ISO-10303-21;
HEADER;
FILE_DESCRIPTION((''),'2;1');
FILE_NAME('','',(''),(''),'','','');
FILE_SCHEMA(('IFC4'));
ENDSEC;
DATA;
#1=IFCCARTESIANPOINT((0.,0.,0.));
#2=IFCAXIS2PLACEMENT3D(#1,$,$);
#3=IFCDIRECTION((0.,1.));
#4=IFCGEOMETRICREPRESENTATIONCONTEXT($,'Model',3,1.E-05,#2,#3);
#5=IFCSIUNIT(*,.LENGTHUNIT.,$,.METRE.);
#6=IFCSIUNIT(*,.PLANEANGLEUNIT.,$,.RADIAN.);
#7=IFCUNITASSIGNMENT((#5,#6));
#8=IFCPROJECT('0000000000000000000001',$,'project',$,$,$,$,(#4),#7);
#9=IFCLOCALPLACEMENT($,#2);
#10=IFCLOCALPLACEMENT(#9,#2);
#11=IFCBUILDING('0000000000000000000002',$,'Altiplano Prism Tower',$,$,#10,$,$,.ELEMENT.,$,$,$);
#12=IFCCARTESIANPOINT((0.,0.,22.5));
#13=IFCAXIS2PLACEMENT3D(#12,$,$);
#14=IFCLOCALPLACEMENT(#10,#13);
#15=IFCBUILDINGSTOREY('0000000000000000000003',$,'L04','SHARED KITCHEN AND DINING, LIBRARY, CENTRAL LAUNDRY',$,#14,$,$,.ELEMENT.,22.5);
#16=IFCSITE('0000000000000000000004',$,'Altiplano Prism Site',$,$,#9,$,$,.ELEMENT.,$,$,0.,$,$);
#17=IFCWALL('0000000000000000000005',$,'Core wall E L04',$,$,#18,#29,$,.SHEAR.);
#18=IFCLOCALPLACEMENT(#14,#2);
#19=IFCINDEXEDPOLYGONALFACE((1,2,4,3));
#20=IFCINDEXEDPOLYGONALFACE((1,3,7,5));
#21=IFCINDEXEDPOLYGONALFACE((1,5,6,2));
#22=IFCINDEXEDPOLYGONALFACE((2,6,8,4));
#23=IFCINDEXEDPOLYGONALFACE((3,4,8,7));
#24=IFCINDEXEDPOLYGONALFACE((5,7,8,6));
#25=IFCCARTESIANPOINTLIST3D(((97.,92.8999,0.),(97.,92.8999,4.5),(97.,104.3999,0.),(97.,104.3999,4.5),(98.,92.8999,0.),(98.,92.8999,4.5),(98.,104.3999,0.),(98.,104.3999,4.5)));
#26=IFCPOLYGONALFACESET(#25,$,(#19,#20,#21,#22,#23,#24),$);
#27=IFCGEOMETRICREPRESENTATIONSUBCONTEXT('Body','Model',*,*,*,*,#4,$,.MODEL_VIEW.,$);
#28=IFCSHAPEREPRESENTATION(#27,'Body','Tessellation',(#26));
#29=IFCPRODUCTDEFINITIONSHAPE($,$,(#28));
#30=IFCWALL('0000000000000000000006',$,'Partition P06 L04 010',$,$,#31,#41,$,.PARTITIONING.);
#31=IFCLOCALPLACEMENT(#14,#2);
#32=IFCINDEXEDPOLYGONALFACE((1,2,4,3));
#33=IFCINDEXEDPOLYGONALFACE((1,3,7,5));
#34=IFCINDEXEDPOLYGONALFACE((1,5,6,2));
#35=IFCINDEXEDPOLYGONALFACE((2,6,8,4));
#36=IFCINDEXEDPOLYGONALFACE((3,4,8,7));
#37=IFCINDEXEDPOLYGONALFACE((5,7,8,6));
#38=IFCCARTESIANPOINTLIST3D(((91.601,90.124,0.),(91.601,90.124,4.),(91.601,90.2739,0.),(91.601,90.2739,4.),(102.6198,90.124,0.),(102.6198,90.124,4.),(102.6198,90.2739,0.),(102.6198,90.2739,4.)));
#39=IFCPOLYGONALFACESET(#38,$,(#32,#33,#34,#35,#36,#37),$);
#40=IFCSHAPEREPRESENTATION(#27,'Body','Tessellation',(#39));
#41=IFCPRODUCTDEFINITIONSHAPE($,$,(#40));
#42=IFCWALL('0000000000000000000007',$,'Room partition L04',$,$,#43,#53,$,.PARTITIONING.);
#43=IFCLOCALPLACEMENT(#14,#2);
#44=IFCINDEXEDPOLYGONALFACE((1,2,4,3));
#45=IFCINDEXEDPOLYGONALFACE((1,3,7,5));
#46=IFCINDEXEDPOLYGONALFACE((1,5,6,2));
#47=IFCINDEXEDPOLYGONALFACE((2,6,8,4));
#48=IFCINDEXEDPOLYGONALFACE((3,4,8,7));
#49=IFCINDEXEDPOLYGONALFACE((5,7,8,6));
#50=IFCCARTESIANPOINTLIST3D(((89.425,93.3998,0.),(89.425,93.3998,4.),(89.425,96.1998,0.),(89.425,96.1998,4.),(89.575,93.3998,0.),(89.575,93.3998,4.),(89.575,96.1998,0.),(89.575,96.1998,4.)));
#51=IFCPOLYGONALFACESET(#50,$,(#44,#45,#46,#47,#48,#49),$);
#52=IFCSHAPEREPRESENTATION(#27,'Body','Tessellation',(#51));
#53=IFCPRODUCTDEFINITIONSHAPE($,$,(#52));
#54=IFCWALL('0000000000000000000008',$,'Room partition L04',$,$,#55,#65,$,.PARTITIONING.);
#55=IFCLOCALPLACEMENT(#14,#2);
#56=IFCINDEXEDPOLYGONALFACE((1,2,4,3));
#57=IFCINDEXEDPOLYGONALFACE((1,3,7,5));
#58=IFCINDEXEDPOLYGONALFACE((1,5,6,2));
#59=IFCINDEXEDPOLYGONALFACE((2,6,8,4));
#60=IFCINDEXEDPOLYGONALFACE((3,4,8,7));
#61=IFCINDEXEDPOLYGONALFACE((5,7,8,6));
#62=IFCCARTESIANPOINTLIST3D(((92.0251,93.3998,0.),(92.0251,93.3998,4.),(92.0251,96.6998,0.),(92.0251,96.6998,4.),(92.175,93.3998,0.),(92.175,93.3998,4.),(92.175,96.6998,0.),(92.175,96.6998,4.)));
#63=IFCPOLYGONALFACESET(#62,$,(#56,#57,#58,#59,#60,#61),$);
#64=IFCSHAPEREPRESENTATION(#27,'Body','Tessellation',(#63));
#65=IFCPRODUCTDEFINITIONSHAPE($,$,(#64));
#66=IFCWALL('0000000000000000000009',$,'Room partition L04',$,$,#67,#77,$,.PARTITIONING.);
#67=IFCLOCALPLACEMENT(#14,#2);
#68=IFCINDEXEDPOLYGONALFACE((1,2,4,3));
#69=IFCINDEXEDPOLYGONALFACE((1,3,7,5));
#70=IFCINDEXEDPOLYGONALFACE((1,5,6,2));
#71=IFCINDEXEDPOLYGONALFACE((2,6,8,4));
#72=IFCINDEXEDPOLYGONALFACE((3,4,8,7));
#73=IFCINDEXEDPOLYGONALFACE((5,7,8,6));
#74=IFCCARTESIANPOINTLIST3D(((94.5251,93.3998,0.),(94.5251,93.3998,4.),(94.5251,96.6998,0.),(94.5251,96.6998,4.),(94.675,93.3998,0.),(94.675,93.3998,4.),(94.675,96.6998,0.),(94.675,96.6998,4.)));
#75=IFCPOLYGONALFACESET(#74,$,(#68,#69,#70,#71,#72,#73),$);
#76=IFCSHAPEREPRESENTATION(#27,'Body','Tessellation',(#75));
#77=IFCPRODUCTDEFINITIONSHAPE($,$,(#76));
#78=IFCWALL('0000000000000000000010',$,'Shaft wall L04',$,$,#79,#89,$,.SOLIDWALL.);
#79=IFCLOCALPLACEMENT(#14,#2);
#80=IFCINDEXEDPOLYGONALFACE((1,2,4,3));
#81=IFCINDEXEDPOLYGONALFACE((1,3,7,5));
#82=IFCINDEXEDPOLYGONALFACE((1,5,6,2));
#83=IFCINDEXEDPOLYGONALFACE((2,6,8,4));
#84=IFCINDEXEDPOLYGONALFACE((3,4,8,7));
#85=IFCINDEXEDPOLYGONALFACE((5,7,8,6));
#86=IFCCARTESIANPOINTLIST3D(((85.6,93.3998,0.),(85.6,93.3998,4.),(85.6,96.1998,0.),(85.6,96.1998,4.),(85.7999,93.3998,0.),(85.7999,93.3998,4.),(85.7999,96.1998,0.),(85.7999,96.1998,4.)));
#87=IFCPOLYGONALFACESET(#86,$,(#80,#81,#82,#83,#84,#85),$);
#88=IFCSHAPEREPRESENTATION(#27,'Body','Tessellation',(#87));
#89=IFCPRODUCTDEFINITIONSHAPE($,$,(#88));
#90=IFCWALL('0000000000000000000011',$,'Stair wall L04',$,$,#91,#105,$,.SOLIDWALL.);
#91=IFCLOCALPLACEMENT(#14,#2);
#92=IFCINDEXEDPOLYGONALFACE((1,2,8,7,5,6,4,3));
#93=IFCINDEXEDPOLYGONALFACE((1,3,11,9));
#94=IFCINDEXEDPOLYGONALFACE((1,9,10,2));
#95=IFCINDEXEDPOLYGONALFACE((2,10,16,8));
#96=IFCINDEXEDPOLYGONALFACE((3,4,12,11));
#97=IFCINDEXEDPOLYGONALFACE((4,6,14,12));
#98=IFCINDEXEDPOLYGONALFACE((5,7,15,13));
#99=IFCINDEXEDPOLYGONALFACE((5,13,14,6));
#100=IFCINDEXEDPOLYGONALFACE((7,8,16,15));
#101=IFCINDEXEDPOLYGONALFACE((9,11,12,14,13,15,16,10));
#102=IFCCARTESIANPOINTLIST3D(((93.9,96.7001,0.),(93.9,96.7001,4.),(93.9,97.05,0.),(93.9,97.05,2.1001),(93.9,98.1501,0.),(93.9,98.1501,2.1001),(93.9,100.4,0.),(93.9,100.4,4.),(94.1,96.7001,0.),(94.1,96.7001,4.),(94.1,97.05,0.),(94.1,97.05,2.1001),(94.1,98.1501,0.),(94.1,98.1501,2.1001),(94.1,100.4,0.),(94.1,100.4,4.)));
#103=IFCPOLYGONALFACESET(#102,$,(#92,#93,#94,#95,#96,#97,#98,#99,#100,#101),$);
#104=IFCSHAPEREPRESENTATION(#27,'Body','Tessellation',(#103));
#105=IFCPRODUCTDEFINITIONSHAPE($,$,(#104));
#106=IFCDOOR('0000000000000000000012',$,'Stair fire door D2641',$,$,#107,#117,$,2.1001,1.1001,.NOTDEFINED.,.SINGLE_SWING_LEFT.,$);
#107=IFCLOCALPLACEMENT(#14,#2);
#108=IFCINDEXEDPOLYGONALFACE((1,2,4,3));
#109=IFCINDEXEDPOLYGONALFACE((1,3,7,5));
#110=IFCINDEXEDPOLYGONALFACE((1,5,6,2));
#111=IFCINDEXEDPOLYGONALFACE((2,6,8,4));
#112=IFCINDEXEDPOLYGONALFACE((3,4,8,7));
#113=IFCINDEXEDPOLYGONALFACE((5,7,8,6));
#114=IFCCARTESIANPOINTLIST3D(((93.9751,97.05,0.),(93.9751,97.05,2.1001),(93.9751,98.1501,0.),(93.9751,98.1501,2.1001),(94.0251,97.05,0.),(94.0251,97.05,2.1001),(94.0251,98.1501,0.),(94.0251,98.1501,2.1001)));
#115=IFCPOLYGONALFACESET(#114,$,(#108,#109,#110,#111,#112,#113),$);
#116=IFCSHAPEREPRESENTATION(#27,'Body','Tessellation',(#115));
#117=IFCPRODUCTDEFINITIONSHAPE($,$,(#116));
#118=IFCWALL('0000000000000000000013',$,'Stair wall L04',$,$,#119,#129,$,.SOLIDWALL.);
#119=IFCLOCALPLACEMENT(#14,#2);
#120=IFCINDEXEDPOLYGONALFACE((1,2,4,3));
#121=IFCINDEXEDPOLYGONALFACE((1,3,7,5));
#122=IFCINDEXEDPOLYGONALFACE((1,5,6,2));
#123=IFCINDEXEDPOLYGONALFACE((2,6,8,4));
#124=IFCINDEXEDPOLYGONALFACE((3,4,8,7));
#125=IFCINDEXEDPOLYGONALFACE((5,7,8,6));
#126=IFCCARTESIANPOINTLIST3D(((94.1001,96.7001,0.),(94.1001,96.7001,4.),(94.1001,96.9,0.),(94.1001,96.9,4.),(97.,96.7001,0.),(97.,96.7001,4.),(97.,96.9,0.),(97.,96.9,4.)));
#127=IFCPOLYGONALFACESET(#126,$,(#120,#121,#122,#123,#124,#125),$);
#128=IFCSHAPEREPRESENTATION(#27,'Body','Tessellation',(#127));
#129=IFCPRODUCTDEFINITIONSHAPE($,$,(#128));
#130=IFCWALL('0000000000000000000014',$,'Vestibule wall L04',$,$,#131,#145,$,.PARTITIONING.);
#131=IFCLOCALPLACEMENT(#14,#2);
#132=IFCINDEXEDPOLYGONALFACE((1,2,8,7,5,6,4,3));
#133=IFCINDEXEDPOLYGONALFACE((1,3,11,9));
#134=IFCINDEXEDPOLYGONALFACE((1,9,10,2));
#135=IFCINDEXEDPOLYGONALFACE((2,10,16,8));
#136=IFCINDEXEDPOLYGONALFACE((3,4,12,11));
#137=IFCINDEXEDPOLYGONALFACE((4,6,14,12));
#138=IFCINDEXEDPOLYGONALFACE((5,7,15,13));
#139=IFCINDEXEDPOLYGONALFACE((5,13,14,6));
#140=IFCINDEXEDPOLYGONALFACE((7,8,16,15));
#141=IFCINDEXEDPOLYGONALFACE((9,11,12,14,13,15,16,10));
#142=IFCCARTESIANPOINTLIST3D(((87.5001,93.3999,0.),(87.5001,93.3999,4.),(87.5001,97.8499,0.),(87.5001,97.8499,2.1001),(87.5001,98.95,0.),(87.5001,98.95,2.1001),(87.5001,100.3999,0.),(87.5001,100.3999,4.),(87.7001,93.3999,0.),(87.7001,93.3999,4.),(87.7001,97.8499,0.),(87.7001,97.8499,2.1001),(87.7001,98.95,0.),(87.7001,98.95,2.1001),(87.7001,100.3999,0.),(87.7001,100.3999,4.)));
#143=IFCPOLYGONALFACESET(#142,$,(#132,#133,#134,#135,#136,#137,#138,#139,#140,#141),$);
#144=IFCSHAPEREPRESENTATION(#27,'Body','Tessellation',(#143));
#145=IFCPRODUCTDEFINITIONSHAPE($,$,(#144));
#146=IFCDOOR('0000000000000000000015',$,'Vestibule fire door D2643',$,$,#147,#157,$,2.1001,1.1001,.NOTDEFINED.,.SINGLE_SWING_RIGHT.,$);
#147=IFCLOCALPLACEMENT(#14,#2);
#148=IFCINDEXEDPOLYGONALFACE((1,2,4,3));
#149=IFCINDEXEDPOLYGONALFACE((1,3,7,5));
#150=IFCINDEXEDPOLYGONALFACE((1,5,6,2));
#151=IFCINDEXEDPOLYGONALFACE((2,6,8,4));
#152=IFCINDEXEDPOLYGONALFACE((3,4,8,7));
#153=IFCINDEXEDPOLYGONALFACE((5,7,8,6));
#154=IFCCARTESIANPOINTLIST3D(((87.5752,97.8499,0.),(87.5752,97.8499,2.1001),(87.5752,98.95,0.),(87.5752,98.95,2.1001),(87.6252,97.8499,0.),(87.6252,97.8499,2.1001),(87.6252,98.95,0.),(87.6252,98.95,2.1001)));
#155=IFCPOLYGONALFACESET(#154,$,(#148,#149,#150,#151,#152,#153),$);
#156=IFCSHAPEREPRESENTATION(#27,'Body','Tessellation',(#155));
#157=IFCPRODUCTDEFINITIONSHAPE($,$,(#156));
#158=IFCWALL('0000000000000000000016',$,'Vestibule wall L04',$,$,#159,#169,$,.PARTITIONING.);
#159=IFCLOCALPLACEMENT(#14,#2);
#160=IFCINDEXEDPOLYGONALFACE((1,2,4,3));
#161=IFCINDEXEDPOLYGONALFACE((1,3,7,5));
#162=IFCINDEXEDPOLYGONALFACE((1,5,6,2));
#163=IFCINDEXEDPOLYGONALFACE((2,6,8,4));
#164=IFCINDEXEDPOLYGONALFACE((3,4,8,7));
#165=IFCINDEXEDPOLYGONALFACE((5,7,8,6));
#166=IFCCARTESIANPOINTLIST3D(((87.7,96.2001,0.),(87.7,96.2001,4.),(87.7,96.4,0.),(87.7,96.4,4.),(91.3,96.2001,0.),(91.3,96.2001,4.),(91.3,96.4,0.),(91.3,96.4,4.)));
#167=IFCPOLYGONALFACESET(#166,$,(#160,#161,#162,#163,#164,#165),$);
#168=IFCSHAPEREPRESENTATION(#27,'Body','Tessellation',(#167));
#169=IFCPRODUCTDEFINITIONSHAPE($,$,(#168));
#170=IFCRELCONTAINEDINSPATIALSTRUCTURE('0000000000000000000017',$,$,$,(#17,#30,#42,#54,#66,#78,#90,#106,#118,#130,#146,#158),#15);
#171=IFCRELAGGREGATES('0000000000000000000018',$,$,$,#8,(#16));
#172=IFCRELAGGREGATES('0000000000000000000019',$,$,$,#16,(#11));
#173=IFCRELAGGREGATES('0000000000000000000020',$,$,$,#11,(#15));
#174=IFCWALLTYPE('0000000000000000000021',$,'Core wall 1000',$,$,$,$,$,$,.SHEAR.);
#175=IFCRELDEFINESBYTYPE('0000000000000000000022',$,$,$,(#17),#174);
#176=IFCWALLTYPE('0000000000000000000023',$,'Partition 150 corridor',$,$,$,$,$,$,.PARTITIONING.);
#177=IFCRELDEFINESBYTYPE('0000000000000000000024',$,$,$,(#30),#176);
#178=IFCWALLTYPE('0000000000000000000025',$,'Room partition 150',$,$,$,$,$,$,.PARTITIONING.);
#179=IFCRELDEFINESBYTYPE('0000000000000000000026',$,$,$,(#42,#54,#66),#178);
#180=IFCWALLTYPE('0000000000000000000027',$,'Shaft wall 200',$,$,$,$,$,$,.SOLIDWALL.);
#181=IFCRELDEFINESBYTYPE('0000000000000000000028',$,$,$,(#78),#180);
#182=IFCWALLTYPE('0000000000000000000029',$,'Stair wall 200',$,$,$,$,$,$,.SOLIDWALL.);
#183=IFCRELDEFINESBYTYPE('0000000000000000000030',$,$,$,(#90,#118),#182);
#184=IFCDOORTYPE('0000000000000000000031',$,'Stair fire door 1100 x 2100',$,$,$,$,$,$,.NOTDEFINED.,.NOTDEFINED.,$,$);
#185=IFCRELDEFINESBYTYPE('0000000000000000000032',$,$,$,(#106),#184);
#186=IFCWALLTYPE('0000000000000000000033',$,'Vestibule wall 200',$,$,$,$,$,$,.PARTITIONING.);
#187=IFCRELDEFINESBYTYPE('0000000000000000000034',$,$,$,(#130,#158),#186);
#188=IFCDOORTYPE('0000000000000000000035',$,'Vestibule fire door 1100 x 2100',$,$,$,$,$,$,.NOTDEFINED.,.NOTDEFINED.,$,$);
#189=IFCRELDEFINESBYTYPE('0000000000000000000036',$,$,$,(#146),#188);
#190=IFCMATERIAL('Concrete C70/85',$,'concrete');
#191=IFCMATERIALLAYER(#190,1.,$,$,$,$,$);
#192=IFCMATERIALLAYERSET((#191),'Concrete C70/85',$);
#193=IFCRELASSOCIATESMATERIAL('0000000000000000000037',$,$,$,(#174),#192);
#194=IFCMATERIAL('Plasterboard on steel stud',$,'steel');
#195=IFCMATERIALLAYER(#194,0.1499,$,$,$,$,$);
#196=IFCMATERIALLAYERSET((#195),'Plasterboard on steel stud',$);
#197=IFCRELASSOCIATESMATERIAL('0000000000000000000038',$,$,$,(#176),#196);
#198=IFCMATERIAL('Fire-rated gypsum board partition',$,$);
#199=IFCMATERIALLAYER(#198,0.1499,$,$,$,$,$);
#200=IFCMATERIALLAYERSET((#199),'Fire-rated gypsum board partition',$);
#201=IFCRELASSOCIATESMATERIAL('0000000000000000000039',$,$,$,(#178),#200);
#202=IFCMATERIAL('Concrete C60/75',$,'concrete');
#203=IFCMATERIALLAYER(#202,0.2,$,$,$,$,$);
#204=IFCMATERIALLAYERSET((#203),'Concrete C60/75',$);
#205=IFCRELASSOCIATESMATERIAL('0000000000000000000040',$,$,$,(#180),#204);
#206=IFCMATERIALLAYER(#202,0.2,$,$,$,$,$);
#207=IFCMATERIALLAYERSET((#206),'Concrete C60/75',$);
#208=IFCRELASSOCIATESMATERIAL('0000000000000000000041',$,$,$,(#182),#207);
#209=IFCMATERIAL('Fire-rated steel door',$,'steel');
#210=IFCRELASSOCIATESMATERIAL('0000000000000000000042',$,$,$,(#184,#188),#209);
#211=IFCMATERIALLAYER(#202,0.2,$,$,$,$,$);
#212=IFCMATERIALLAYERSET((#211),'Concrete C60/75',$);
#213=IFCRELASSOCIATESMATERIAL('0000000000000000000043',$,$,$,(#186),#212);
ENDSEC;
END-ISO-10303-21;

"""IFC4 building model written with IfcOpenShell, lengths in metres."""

from ifc_helpers import new_model, si_unit, direction, frame, frame_2d, origin, place, context, subcontext, project, spatial, rectangle, extrude, material, layer, layer_set, type_object, element, fill, save


model = new_model("IFC4")

# Units and contexts
model_context = context("Model", 3, precision=1e-05, world=origin(), true_north=direction((0.0, 1.0)))
body_context = subcontext(model_context, "Body", "Model", "MODEL_VIEW")
ifc_project = project(units=[si_unit("LENGTHUNIT", "METRE"), si_unit("PLANEANGLEUNIT", "RADIAN")], contexts=[model_context])

# Site, building, storey
site_placement = place(None, origin())
site = spatial("IfcSite", under=ifc_project, at=site_placement, Name="Altiplano Prism Site", CompositionType="ELEMENT", RefElevation=0.0)
building_placement = place(site_placement, origin())
building = spatial("IfcBuilding", under=site, at=building_placement, Name="Altiplano Prism Tower", CompositionType="ELEMENT")
storey_placement = place(building_placement, frame((0.0, 0.0, 22.5)))
storey = spatial("IfcBuildingStorey", under=building, at=storey_placement, Name="L04", Description="SHARED KITCHEN AND DINING, LIBRARY, CENTRAL LAUNDRY", CompositionType="ELEMENT", Elevation=22.5)

# Walls
ifc_material_1 = material(Name="Concrete C70/85", Category="concrete")
ifc_layer_1 = layer(ifc_material_1, 1.0)
ifc_layer_set_1 = layer_set([ifc_layer_1], Name="Concrete C70/85")
wall_type_1 = type_object("IfcWallType", Name="Core wall 1000", PredefinedType="SHEAR", material=ifc_layer_set_1)
wall_1_placement = place(storey_placement, frame((97.5, 92.8999, 0.0), z_axis=(0.0, 0.0, 1.0), x_axis=(0.0, 1.0, 0.0)))
element("IfcWall", 1, at=wall_1_placement, inside=storey, type_object=wall_type_1, Name="Core wall E L04", PredefinedType="SHEAR", context=body_context, shape_type="SweptSolid", body=[
    extrude(rectangle(XDim=11.5, YDim=1.0, at=frame_2d((5.75, 0.0))), origin(), (0.0, 0.0, 1.0), 4.5),
])
ifc_material_2 = material(Name="Plasterboard on steel stud", Category="steel")
ifc_layer_2 = layer(ifc_material_2, 0.1499)
ifc_layer_set_2 = layer_set([ifc_layer_2], Name="Plasterboard on steel stud")
wall_type_2 = type_object("IfcWallType", Name="Partition 150 corridor", PredefinedType="PARTITIONING", material=ifc_layer_set_2)
wall_2_placement = place(storey_placement, frame((91.6011, 90.199, 0.0), z_axis=(0.0, 0.0, 1.0), x_axis=(1.0, 0.0, 0.0)))
element("IfcWall", 2, at=wall_2_placement, inside=storey, type_object=wall_type_2, Name="Partition P06 L04 010", PredefinedType="PARTITIONING", context=body_context, shape_type="SweptSolid", body=[
    extrude(rectangle(XDim=11.0188, YDim=0.1499, at=frame_2d((5.5093, 0.0))), origin(), (0.0, 0.0, 1.0), 4.0),
])
ifc_material_3 = material(Name="Fire-rated gypsum board partition")
ifc_layer_3 = layer(ifc_material_3, 0.1499)
ifc_layer_set_3 = layer_set([ifc_layer_3], Name="Fire-rated gypsum board partition")
wall_type_3 = type_object("IfcWallType", Name="Room partition 150", PredefinedType="PARTITIONING", material=ifc_layer_set_3)
wall_3_placement = place(storey_placement, frame((89.5, 93.3999, 0.0), z_axis=(0.0, 0.0, 1.0), x_axis=(0.0, 1.0, 0.0)))
element("IfcWall", 3, at=wall_3_placement, inside=storey, type_object=wall_type_3, Name="Room partition L04", PredefinedType="PARTITIONING", context=body_context, shape_type="SweptSolid", body=[
    extrude(rectangle(XDim=2.8, YDim=0.1499, at=frame_2d((1.3999, 0.0))), origin(), (0.0, 0.0, 1.0), 4.0),
])
for number, where, z_axis, x_axis, name in (
    (4, (92.1001, 93.3999, 0.0), (0.0, 0.0, 1.0), (0.0, 1.0, 0.0), "Room partition L04"),
    (5, (94.6001, 93.3999, 0.0), (0.0, 0.0, 1.0), (0.0, 1.0, 0.0), "Room partition L04"),
):
    element("IfcWall", number, at=place(storey_placement, frame(where, z_axis=z_axis, x_axis=x_axis)), inside=storey, type_object=wall_type_3, Name=name, PredefinedType="PARTITIONING", context=body_context, shape_type="SweptSolid", body=[
        extrude(rectangle(XDim=3.3, YDim=0.1499, at=frame_2d((1.6499, 0.0))), origin(), (0.0, 0.0, 1.0), 4.0),
    ])
ifc_material_4 = material(Name="Concrete C60/75", Category="concrete")
ifc_layer_4 = layer(ifc_material_4, 0.2)
ifc_layer_set_4 = layer_set([ifc_layer_4], Name="Concrete C60/75")
wall_type_4 = type_object("IfcWallType", Name="Shaft wall 200", PredefinedType="SOLIDWALL", material=ifc_layer_set_4)
wall_4_placement = place(storey_placement, frame((85.7, 93.3999, 0.0), z_axis=(0.0, 0.0, 1.0), x_axis=(0.0, 1.0, 0.0)))
element("IfcWall", 6, at=wall_4_placement, inside=storey, type_object=wall_type_4, Name="Shaft wall L04", PredefinedType="SOLIDWALL", context=body_context, shape_type="SweptSolid", body=[
    extrude(rectangle(XDim=2.8, YDim=0.2, at=frame_2d((1.3999, 0.0))), origin(), (0.0, 0.0, 1.0), 4.0),
])

# Wall, opening, door
ifc_layer_5 = layer(ifc_material_4, 0.2)
ifc_layer_set_5 = layer_set([ifc_layer_5], Name="Concrete C60/75")
wall_type_5 = type_object("IfcWallType", Name="Stair wall 200", PredefinedType="SOLIDWALL", material=ifc_layer_set_5)
wall_5_placement = place(storey_placement, frame((94.0, 96.7, 0.0), z_axis=(0.0, 0.0, 1.0), x_axis=(0.0, 1.0, 0.0)))
wall_5 = element("IfcWall", 7, at=wall_5_placement, inside=storey, type_object=wall_type_5, Name="Stair wall L04", PredefinedType="SOLIDWALL", context=body_context, shape_type="SweptSolid", body=[
    extrude(rectangle(XDim=3.7, YDim=0.2, at=frame_2d((1.8501, 0.0))), origin(), (0.0, 0.0, 1.0), 4.0),
])
opening_1_placement = place(wall_5_placement, frame((0.3501, 0.0, 0.0)))
opening_1 = element("IfcOpeningElement", 8, at=opening_1_placement, cuts=wall_5, PredefinedType="OPENING", context=body_context, shape_type="SweptSolid", body=[
    extrude(rectangle(XDim=1.1001, YDim=2.1001, at=frame_2d((0.55, 1.05))), frame((0.0, 0.1104, 0.0), z_axis=(0.0, -1.0, 0.0), x_axis=(1.0, 0.0, 0.0)), (0.0, 0.0, 1.0), 0.2209),
])
ifc_material_5 = material(Name="Fire-rated steel door", Category="steel")
door_type_1 = type_object("IfcDoorType", Name="Stair fire door 1100 x 2100", OperationType="NOTDEFINED", PredefinedType="NOTDEFINED", material=ifc_material_5)
door_1_placement = place(opening_1_placement, origin())
door_1 = element("IfcDoor", 9, at=door_1_placement, inside=storey, type_object=door_type_1, Name="Stair fire door D2641", OperationType="SINGLE_SWING_LEFT", OverallHeight=2.1001, OverallWidth=1.1001, PredefinedType="NOTDEFINED", context=body_context, shape_type="SweptSolid", body=[
    extrude(rectangle(XDim=1.1001, YDim=2.1001, at=frame_2d((0.55, 1.05))), frame((0.0, 0.0249, 0.0), z_axis=(0.0, -1.0, 0.0), x_axis=(1.0, 0.0, 0.0)), (0.0, 0.0, 1.0), 0.05),
])
fill(opening_1, door_1)

# Wall
wall_6_placement = place(storey_placement, frame((94.1001, 96.8, 0.0), z_axis=(0.0, 0.0, 1.0), x_axis=(1.0, 0.0, 0.0)))
element("IfcWall", 10, at=wall_6_placement, inside=storey, type_object=wall_type_5, Name="Stair wall L04", PredefinedType="SOLIDWALL", context=body_context, shape_type="SweptSolid", body=[
    extrude(rectangle(XDim=2.8999, YDim=0.2, at=frame_2d((1.45, 0.0))), origin(), (0.0, 0.0, 1.0), 4.0),
])

# Wall, opening, door
ifc_layer_6 = layer(ifc_material_4, 0.2)
ifc_layer_set_6 = layer_set([ifc_layer_6], Name="Concrete C60/75")
wall_type_6 = type_object("IfcWallType", Name="Vestibule wall 200", PredefinedType="PARTITIONING", material=ifc_layer_set_6)
wall_7_placement = place(storey_placement, frame((87.6001, 93.3999, 0.0), z_axis=(0.0, 0.0, 1.0), x_axis=(0.0, 1.0, 0.0)))
wall_7 = element("IfcWall", 11, at=wall_7_placement, inside=storey, type_object=wall_type_6, Name="Vestibule wall L04", PredefinedType="PARTITIONING", context=body_context, shape_type="SweptSolid", body=[
    extrude(rectangle(XDim=7.0, YDim=0.2, at=frame_2d((3.5, 0.0))), origin(), (0.0, 0.0, 1.0), 4.0),
])
opening_2_placement = place(wall_7_placement, frame((4.45, 0.0, 0.0)))
opening_2 = element("IfcOpeningElement", 12, at=opening_2_placement, cuts=wall_7, PredefinedType="OPENING", context=body_context, shape_type="SweptSolid", body=[
    extrude(rectangle(XDim=1.1001, YDim=2.1001, at=frame_2d((0.55, 1.05))), frame((0.0, 0.1104, 0.0), z_axis=(0.0, -1.0, 0.0), x_axis=(1.0, 0.0, 0.0)), (0.0, 0.0, 1.0), 0.2209),
])
door_type_2 = type_object("IfcDoorType", Name="Vestibule fire door 1100 x 2100", OperationType="NOTDEFINED", PredefinedType="NOTDEFINED", material=ifc_material_5)
door_2_placement = place(opening_2_placement, origin())
door_2 = element("IfcDoor", 13, at=door_2_placement, inside=storey, type_object=door_type_2, Name="Vestibule fire door D2643", OperationType="SINGLE_SWING_RIGHT", OverallHeight=2.1001, OverallWidth=1.1001, PredefinedType="NOTDEFINED", context=body_context, shape_type="SweptSolid", body=[
    extrude(rectangle(XDim=1.1001, YDim=2.1001, at=frame_2d((0.55, 1.05))), frame((0.0, 0.0249, 0.0), z_axis=(0.0, -1.0, 0.0), x_axis=(1.0, 0.0, 0.0)), (0.0, 0.0, 1.0), 0.05),
])
fill(opening_2, door_2)

# Wall
wall_8_placement = place(storey_placement, frame((87.7, 96.3, 0.0), z_axis=(0.0, 0.0, 1.0), x_axis=(1.0, 0.0, 0.0)))
element("IfcWall", 14, at=wall_8_placement, inside=storey, type_object=wall_type_6, Name="Vestibule wall L04", PredefinedType="PARTITIONING", context=body_context, shape_type="SweptSolid", body=[
    extrude(rectangle(XDim=3.6001, YDim=0.2, at=frame_2d((1.8, 0.0))), origin(), (0.0, 0.0, 1.0), 4.0),
])

save(model, "model.ifc")
